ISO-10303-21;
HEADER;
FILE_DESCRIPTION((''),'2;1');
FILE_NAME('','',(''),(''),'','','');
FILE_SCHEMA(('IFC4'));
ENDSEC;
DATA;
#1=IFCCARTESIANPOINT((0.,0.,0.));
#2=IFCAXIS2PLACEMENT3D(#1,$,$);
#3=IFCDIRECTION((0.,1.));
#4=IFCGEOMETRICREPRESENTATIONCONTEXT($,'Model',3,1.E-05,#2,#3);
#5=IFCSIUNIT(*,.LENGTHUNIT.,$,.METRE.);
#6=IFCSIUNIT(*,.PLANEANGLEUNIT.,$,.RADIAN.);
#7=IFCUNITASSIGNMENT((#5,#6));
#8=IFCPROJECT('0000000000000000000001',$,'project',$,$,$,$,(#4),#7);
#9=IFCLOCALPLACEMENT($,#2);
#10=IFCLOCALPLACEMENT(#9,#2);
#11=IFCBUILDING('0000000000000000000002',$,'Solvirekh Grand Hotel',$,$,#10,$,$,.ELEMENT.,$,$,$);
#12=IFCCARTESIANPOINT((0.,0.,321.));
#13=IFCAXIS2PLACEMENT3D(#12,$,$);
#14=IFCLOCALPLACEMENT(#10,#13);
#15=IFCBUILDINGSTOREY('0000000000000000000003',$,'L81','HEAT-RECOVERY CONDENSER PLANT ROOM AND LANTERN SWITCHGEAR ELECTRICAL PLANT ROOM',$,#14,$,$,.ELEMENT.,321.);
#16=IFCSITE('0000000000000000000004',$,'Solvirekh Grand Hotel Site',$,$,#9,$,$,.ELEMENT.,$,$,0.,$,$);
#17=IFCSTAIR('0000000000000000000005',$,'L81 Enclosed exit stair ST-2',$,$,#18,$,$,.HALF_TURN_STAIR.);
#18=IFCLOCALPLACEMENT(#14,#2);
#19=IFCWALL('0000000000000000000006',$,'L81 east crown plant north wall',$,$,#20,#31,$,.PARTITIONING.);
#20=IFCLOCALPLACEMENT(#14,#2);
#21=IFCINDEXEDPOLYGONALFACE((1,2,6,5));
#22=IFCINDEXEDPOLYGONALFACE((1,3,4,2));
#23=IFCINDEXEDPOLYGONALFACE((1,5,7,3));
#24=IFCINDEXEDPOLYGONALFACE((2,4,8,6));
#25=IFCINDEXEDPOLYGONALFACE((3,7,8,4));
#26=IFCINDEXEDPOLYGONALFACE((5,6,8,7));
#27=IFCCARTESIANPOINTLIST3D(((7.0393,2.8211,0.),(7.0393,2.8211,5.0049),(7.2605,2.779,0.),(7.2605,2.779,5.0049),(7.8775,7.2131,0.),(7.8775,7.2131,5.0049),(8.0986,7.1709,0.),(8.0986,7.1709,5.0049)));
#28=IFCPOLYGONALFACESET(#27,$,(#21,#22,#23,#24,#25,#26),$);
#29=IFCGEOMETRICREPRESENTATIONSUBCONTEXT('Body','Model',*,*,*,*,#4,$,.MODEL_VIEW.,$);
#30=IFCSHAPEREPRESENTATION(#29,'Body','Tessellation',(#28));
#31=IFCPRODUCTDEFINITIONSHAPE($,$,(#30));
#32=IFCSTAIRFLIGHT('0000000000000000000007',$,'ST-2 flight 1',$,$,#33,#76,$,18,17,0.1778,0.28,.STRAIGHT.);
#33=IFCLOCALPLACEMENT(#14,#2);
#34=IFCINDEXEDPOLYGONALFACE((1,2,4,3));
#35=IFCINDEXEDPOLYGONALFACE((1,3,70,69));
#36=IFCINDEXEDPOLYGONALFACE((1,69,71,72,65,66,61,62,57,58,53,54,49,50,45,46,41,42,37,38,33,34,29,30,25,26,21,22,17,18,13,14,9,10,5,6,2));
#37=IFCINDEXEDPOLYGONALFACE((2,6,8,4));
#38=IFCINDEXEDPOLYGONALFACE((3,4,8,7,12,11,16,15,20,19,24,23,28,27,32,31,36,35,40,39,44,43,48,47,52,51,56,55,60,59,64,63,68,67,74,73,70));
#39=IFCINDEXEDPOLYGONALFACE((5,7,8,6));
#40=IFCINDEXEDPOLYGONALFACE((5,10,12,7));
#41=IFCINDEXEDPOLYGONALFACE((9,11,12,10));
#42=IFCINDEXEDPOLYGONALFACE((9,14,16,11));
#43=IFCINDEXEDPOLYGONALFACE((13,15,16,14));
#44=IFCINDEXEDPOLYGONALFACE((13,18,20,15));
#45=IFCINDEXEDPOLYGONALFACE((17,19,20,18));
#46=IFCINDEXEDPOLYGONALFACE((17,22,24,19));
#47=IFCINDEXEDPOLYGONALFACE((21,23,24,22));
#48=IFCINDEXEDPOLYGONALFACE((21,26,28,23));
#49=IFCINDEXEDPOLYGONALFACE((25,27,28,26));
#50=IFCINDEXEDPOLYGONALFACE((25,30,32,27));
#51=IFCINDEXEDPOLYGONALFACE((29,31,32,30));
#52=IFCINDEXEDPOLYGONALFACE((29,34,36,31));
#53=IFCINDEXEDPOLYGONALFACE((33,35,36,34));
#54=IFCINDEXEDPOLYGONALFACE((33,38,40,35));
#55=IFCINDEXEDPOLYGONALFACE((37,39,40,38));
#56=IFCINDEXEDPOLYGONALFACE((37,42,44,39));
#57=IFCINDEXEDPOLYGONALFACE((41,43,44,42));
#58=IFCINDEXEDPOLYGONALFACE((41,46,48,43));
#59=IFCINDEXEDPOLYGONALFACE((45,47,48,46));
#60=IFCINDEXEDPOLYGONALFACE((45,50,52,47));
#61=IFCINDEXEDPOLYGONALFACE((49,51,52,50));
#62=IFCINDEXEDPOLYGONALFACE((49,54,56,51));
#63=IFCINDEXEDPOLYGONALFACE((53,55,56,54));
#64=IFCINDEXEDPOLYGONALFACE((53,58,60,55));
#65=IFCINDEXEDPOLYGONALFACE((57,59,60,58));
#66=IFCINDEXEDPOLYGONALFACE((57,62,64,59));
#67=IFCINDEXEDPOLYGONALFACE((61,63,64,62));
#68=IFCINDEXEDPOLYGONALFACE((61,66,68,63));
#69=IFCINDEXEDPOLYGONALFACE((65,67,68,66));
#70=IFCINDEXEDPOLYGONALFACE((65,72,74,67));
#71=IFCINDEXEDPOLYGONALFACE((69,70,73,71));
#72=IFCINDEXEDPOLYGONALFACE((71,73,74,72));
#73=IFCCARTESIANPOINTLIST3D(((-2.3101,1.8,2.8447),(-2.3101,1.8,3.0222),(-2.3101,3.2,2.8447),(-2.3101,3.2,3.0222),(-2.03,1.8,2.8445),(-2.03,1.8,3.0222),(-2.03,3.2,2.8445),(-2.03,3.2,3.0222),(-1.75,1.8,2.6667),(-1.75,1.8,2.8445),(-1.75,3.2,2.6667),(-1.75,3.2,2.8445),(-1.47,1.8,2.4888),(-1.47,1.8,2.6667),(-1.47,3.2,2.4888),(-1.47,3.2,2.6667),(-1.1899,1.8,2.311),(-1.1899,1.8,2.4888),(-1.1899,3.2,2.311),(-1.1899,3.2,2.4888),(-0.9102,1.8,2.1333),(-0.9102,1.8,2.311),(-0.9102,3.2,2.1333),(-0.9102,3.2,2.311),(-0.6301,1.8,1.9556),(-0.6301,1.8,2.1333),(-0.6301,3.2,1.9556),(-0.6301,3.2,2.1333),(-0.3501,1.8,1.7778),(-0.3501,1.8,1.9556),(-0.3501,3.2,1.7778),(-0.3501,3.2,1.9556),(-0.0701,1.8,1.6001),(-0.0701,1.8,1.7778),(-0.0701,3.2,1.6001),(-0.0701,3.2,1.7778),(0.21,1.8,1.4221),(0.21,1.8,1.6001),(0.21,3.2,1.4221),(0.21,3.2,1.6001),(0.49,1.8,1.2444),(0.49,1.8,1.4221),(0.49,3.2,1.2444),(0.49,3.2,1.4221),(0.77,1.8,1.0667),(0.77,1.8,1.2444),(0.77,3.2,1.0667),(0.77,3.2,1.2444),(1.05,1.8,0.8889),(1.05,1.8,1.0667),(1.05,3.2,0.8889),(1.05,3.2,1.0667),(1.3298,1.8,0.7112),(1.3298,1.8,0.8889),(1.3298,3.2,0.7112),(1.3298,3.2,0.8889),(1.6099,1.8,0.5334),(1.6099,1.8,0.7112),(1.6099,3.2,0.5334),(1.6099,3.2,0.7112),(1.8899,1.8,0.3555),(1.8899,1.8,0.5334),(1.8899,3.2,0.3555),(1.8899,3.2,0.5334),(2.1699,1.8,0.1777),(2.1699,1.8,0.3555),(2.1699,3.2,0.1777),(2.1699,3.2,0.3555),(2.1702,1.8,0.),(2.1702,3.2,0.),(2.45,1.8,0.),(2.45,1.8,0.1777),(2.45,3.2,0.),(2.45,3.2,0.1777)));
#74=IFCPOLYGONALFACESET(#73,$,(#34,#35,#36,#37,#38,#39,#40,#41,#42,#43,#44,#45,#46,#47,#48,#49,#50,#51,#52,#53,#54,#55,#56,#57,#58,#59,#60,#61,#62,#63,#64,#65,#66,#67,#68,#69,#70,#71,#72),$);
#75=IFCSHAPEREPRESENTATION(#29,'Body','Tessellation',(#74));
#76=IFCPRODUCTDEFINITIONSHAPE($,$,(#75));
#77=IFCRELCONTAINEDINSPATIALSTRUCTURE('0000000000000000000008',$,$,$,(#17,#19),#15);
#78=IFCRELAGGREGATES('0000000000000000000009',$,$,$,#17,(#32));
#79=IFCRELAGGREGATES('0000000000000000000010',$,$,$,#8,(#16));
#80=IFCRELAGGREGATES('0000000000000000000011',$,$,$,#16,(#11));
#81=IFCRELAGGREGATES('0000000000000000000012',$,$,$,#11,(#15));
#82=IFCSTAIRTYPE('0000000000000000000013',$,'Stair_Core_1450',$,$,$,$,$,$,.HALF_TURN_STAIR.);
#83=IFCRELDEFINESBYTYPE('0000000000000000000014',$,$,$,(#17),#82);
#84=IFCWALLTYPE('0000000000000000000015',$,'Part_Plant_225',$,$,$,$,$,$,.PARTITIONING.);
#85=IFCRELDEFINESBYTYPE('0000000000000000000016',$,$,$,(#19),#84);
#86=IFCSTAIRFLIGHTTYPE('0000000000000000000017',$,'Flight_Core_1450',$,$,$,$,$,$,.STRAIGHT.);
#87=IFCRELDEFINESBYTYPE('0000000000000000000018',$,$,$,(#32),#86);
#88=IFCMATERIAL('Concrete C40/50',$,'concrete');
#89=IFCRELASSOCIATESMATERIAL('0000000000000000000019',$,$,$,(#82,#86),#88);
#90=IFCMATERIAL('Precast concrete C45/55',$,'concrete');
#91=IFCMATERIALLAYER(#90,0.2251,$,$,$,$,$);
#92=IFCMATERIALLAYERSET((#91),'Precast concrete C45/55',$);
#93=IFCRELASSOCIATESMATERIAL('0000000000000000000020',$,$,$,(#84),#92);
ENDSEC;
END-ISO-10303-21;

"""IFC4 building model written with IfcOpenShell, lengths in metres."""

from ifc_helpers import new_model, si_unit, direction, frame, frame_2d, origin, place, context, subcontext, project, spatial, polyline, rectangle, outline, extrude, material, layer, layer_set, type_object, element, aggregate, save


model = new_model("IFC4")

# Units and contexts
model_context = context("Model", 3, precision=1e-05, world=origin(), true_north=direction((0.0, 1.0)))
body_context = subcontext(model_context, "Body", "Model", "MODEL_VIEW")
ifc_project = project(units=[si_unit("LENGTHUNIT", "METRE"), si_unit("PLANEANGLEUNIT", "RADIAN")], contexts=[model_context])

# Site, building, storey
site_placement = place(None, origin())
site = spatial("IfcSite", under=ifc_project, at=site_placement, Name="Solvirekh Grand Hotel Site", CompositionType="ELEMENT", RefElevation=0.0)
building_placement = place(site_placement, origin())
building = spatial("IfcBuilding", under=site, at=building_placement, Name="Solvirekh Grand Hotel", CompositionType="ELEMENT")
storey_placement = place(building_placement, frame((0.0, 0.0, 321.0)))
storey = spatial("IfcBuildingStorey", under=building, at=storey_placement, Name="L81", Description="HEAT-RECOVERY CONDENSER PLANT ROOM AND LANTERN SWITCHGEAR ELECTRICAL PLANT ROOM", CompositionType="ELEMENT", Elevation=321.0)

# Stair
ifc_material_1 = material(Name="Concrete C40/50", Category="concrete")
stair_type = type_object("IfcStairType", Name="Stair_Core_1450", PredefinedType="HALF_TURN_STAIR", material=ifc_material_1)
stair_placement = place(storey_placement, origin())
stair = element("IfcStair", 1, at=stair_placement, inside=storey, type_object=stair_type, Name="L81 Enclosed exit stair ST-2", PredefinedType="HALF_TURN_STAIR")

# Wall
ifc_material_2 = material(Name="Precast concrete C45/55", Category="concrete")
ifc_layer_1 = layer(ifc_material_2, 0.2251)
ifc_layer_set_1 = layer_set([ifc_layer_1], Name="Precast concrete C45/55")
wall_type_1 = type_object("IfcWallType", Name="Part_Plant_225", PredefinedType="PARTITIONING", material=ifc_layer_set_1)
wall_1_placement = place(storey_placement, frame((7.1499, 2.8, 0.0), z_axis=(0.0, 0.0, 1.0), x_axis=(0.187456, 0.982273, 0.0)))
element("IfcWall", 2, at=wall_1_placement, inside=storey, type_object=wall_type_1, Name="L81 east crown plant north wall", PredefinedType="PARTITIONING", context=body_context, shape_type="SweptSolid", body=[
    extrude(rectangle(XDim=4.4712, YDim=0.2251, at=frame_2d((2.2356, 0.0))), origin(), (0.0, 0.0, 1.0), 5.0049),
])

# Stair flight
stair_flight_type = type_object("IfcStairFlightType", Name="Flight_Core_1450", PredefinedType="STRAIGHT", material=ifc_material_1)
stair_flight_placement = place(storey_placement, frame((2.45, 2.5, 0.0), z_axis=(0.0, 0.0, 1.0), x_axis=(-1.0, 0.0, 0.0)))
stair_flight = element("IfcStairFlight", 3, at=stair_flight_placement, type_object=stair_flight_type, Name="ST-2 flight 1", NumberOfRisers=18, NumberOfTreads=17, PredefinedType="STRAIGHT", RiserHeight=0.1778, TreadLength=0.28, context=body_context, shape_type="SweptSolid", body=[
    extrude(outline(polyline([(0.0, 0.0), (0.0, 0.1777), (0.28, 0.1777), (0.28, 0.3555), (0.5601, 0.3555), (0.5601, 0.5334), (0.8401, 0.5334), (0.8401, 0.7112), (1.1201, 0.7112), (1.1201, 0.8889), (1.3999, 0.8889), (1.3999, 1.0667), (1.6799, 1.0667), (1.6799, 1.2444), (1.96, 1.2444), (1.96, 1.4221), (2.24, 1.4221), (2.24, 1.6001), (2.52, 1.6001), (2.52, 1.7778), (2.8, 1.7778), (2.8, 1.9556), (3.0801, 1.9556), (3.0801, 2.1333), (3.3601, 2.1333), (3.3601, 2.311), (3.6399, 2.311), (3.6399, 2.4888), (3.9199, 2.4888), (3.9199, 2.6667), (4.2, 2.6667), (4.2, 2.8445), (4.48, 2.8445), (4.48, 3.0222), (4.76, 3.0222), (4.76, 3.2), (4.76, 2.8447), (0.2798, 0.0), (0.0, 0.0)])), frame((0.0, 0.7, 0.0), z_axis=(0.0, -1.0, 0.0), x_axis=(1.0, 0.0, 0.0)), (0.0, 0.0, 1.0), 1.3999),
])
aggregate(stair, [stair_flight])

save(model, "model.ifc")
